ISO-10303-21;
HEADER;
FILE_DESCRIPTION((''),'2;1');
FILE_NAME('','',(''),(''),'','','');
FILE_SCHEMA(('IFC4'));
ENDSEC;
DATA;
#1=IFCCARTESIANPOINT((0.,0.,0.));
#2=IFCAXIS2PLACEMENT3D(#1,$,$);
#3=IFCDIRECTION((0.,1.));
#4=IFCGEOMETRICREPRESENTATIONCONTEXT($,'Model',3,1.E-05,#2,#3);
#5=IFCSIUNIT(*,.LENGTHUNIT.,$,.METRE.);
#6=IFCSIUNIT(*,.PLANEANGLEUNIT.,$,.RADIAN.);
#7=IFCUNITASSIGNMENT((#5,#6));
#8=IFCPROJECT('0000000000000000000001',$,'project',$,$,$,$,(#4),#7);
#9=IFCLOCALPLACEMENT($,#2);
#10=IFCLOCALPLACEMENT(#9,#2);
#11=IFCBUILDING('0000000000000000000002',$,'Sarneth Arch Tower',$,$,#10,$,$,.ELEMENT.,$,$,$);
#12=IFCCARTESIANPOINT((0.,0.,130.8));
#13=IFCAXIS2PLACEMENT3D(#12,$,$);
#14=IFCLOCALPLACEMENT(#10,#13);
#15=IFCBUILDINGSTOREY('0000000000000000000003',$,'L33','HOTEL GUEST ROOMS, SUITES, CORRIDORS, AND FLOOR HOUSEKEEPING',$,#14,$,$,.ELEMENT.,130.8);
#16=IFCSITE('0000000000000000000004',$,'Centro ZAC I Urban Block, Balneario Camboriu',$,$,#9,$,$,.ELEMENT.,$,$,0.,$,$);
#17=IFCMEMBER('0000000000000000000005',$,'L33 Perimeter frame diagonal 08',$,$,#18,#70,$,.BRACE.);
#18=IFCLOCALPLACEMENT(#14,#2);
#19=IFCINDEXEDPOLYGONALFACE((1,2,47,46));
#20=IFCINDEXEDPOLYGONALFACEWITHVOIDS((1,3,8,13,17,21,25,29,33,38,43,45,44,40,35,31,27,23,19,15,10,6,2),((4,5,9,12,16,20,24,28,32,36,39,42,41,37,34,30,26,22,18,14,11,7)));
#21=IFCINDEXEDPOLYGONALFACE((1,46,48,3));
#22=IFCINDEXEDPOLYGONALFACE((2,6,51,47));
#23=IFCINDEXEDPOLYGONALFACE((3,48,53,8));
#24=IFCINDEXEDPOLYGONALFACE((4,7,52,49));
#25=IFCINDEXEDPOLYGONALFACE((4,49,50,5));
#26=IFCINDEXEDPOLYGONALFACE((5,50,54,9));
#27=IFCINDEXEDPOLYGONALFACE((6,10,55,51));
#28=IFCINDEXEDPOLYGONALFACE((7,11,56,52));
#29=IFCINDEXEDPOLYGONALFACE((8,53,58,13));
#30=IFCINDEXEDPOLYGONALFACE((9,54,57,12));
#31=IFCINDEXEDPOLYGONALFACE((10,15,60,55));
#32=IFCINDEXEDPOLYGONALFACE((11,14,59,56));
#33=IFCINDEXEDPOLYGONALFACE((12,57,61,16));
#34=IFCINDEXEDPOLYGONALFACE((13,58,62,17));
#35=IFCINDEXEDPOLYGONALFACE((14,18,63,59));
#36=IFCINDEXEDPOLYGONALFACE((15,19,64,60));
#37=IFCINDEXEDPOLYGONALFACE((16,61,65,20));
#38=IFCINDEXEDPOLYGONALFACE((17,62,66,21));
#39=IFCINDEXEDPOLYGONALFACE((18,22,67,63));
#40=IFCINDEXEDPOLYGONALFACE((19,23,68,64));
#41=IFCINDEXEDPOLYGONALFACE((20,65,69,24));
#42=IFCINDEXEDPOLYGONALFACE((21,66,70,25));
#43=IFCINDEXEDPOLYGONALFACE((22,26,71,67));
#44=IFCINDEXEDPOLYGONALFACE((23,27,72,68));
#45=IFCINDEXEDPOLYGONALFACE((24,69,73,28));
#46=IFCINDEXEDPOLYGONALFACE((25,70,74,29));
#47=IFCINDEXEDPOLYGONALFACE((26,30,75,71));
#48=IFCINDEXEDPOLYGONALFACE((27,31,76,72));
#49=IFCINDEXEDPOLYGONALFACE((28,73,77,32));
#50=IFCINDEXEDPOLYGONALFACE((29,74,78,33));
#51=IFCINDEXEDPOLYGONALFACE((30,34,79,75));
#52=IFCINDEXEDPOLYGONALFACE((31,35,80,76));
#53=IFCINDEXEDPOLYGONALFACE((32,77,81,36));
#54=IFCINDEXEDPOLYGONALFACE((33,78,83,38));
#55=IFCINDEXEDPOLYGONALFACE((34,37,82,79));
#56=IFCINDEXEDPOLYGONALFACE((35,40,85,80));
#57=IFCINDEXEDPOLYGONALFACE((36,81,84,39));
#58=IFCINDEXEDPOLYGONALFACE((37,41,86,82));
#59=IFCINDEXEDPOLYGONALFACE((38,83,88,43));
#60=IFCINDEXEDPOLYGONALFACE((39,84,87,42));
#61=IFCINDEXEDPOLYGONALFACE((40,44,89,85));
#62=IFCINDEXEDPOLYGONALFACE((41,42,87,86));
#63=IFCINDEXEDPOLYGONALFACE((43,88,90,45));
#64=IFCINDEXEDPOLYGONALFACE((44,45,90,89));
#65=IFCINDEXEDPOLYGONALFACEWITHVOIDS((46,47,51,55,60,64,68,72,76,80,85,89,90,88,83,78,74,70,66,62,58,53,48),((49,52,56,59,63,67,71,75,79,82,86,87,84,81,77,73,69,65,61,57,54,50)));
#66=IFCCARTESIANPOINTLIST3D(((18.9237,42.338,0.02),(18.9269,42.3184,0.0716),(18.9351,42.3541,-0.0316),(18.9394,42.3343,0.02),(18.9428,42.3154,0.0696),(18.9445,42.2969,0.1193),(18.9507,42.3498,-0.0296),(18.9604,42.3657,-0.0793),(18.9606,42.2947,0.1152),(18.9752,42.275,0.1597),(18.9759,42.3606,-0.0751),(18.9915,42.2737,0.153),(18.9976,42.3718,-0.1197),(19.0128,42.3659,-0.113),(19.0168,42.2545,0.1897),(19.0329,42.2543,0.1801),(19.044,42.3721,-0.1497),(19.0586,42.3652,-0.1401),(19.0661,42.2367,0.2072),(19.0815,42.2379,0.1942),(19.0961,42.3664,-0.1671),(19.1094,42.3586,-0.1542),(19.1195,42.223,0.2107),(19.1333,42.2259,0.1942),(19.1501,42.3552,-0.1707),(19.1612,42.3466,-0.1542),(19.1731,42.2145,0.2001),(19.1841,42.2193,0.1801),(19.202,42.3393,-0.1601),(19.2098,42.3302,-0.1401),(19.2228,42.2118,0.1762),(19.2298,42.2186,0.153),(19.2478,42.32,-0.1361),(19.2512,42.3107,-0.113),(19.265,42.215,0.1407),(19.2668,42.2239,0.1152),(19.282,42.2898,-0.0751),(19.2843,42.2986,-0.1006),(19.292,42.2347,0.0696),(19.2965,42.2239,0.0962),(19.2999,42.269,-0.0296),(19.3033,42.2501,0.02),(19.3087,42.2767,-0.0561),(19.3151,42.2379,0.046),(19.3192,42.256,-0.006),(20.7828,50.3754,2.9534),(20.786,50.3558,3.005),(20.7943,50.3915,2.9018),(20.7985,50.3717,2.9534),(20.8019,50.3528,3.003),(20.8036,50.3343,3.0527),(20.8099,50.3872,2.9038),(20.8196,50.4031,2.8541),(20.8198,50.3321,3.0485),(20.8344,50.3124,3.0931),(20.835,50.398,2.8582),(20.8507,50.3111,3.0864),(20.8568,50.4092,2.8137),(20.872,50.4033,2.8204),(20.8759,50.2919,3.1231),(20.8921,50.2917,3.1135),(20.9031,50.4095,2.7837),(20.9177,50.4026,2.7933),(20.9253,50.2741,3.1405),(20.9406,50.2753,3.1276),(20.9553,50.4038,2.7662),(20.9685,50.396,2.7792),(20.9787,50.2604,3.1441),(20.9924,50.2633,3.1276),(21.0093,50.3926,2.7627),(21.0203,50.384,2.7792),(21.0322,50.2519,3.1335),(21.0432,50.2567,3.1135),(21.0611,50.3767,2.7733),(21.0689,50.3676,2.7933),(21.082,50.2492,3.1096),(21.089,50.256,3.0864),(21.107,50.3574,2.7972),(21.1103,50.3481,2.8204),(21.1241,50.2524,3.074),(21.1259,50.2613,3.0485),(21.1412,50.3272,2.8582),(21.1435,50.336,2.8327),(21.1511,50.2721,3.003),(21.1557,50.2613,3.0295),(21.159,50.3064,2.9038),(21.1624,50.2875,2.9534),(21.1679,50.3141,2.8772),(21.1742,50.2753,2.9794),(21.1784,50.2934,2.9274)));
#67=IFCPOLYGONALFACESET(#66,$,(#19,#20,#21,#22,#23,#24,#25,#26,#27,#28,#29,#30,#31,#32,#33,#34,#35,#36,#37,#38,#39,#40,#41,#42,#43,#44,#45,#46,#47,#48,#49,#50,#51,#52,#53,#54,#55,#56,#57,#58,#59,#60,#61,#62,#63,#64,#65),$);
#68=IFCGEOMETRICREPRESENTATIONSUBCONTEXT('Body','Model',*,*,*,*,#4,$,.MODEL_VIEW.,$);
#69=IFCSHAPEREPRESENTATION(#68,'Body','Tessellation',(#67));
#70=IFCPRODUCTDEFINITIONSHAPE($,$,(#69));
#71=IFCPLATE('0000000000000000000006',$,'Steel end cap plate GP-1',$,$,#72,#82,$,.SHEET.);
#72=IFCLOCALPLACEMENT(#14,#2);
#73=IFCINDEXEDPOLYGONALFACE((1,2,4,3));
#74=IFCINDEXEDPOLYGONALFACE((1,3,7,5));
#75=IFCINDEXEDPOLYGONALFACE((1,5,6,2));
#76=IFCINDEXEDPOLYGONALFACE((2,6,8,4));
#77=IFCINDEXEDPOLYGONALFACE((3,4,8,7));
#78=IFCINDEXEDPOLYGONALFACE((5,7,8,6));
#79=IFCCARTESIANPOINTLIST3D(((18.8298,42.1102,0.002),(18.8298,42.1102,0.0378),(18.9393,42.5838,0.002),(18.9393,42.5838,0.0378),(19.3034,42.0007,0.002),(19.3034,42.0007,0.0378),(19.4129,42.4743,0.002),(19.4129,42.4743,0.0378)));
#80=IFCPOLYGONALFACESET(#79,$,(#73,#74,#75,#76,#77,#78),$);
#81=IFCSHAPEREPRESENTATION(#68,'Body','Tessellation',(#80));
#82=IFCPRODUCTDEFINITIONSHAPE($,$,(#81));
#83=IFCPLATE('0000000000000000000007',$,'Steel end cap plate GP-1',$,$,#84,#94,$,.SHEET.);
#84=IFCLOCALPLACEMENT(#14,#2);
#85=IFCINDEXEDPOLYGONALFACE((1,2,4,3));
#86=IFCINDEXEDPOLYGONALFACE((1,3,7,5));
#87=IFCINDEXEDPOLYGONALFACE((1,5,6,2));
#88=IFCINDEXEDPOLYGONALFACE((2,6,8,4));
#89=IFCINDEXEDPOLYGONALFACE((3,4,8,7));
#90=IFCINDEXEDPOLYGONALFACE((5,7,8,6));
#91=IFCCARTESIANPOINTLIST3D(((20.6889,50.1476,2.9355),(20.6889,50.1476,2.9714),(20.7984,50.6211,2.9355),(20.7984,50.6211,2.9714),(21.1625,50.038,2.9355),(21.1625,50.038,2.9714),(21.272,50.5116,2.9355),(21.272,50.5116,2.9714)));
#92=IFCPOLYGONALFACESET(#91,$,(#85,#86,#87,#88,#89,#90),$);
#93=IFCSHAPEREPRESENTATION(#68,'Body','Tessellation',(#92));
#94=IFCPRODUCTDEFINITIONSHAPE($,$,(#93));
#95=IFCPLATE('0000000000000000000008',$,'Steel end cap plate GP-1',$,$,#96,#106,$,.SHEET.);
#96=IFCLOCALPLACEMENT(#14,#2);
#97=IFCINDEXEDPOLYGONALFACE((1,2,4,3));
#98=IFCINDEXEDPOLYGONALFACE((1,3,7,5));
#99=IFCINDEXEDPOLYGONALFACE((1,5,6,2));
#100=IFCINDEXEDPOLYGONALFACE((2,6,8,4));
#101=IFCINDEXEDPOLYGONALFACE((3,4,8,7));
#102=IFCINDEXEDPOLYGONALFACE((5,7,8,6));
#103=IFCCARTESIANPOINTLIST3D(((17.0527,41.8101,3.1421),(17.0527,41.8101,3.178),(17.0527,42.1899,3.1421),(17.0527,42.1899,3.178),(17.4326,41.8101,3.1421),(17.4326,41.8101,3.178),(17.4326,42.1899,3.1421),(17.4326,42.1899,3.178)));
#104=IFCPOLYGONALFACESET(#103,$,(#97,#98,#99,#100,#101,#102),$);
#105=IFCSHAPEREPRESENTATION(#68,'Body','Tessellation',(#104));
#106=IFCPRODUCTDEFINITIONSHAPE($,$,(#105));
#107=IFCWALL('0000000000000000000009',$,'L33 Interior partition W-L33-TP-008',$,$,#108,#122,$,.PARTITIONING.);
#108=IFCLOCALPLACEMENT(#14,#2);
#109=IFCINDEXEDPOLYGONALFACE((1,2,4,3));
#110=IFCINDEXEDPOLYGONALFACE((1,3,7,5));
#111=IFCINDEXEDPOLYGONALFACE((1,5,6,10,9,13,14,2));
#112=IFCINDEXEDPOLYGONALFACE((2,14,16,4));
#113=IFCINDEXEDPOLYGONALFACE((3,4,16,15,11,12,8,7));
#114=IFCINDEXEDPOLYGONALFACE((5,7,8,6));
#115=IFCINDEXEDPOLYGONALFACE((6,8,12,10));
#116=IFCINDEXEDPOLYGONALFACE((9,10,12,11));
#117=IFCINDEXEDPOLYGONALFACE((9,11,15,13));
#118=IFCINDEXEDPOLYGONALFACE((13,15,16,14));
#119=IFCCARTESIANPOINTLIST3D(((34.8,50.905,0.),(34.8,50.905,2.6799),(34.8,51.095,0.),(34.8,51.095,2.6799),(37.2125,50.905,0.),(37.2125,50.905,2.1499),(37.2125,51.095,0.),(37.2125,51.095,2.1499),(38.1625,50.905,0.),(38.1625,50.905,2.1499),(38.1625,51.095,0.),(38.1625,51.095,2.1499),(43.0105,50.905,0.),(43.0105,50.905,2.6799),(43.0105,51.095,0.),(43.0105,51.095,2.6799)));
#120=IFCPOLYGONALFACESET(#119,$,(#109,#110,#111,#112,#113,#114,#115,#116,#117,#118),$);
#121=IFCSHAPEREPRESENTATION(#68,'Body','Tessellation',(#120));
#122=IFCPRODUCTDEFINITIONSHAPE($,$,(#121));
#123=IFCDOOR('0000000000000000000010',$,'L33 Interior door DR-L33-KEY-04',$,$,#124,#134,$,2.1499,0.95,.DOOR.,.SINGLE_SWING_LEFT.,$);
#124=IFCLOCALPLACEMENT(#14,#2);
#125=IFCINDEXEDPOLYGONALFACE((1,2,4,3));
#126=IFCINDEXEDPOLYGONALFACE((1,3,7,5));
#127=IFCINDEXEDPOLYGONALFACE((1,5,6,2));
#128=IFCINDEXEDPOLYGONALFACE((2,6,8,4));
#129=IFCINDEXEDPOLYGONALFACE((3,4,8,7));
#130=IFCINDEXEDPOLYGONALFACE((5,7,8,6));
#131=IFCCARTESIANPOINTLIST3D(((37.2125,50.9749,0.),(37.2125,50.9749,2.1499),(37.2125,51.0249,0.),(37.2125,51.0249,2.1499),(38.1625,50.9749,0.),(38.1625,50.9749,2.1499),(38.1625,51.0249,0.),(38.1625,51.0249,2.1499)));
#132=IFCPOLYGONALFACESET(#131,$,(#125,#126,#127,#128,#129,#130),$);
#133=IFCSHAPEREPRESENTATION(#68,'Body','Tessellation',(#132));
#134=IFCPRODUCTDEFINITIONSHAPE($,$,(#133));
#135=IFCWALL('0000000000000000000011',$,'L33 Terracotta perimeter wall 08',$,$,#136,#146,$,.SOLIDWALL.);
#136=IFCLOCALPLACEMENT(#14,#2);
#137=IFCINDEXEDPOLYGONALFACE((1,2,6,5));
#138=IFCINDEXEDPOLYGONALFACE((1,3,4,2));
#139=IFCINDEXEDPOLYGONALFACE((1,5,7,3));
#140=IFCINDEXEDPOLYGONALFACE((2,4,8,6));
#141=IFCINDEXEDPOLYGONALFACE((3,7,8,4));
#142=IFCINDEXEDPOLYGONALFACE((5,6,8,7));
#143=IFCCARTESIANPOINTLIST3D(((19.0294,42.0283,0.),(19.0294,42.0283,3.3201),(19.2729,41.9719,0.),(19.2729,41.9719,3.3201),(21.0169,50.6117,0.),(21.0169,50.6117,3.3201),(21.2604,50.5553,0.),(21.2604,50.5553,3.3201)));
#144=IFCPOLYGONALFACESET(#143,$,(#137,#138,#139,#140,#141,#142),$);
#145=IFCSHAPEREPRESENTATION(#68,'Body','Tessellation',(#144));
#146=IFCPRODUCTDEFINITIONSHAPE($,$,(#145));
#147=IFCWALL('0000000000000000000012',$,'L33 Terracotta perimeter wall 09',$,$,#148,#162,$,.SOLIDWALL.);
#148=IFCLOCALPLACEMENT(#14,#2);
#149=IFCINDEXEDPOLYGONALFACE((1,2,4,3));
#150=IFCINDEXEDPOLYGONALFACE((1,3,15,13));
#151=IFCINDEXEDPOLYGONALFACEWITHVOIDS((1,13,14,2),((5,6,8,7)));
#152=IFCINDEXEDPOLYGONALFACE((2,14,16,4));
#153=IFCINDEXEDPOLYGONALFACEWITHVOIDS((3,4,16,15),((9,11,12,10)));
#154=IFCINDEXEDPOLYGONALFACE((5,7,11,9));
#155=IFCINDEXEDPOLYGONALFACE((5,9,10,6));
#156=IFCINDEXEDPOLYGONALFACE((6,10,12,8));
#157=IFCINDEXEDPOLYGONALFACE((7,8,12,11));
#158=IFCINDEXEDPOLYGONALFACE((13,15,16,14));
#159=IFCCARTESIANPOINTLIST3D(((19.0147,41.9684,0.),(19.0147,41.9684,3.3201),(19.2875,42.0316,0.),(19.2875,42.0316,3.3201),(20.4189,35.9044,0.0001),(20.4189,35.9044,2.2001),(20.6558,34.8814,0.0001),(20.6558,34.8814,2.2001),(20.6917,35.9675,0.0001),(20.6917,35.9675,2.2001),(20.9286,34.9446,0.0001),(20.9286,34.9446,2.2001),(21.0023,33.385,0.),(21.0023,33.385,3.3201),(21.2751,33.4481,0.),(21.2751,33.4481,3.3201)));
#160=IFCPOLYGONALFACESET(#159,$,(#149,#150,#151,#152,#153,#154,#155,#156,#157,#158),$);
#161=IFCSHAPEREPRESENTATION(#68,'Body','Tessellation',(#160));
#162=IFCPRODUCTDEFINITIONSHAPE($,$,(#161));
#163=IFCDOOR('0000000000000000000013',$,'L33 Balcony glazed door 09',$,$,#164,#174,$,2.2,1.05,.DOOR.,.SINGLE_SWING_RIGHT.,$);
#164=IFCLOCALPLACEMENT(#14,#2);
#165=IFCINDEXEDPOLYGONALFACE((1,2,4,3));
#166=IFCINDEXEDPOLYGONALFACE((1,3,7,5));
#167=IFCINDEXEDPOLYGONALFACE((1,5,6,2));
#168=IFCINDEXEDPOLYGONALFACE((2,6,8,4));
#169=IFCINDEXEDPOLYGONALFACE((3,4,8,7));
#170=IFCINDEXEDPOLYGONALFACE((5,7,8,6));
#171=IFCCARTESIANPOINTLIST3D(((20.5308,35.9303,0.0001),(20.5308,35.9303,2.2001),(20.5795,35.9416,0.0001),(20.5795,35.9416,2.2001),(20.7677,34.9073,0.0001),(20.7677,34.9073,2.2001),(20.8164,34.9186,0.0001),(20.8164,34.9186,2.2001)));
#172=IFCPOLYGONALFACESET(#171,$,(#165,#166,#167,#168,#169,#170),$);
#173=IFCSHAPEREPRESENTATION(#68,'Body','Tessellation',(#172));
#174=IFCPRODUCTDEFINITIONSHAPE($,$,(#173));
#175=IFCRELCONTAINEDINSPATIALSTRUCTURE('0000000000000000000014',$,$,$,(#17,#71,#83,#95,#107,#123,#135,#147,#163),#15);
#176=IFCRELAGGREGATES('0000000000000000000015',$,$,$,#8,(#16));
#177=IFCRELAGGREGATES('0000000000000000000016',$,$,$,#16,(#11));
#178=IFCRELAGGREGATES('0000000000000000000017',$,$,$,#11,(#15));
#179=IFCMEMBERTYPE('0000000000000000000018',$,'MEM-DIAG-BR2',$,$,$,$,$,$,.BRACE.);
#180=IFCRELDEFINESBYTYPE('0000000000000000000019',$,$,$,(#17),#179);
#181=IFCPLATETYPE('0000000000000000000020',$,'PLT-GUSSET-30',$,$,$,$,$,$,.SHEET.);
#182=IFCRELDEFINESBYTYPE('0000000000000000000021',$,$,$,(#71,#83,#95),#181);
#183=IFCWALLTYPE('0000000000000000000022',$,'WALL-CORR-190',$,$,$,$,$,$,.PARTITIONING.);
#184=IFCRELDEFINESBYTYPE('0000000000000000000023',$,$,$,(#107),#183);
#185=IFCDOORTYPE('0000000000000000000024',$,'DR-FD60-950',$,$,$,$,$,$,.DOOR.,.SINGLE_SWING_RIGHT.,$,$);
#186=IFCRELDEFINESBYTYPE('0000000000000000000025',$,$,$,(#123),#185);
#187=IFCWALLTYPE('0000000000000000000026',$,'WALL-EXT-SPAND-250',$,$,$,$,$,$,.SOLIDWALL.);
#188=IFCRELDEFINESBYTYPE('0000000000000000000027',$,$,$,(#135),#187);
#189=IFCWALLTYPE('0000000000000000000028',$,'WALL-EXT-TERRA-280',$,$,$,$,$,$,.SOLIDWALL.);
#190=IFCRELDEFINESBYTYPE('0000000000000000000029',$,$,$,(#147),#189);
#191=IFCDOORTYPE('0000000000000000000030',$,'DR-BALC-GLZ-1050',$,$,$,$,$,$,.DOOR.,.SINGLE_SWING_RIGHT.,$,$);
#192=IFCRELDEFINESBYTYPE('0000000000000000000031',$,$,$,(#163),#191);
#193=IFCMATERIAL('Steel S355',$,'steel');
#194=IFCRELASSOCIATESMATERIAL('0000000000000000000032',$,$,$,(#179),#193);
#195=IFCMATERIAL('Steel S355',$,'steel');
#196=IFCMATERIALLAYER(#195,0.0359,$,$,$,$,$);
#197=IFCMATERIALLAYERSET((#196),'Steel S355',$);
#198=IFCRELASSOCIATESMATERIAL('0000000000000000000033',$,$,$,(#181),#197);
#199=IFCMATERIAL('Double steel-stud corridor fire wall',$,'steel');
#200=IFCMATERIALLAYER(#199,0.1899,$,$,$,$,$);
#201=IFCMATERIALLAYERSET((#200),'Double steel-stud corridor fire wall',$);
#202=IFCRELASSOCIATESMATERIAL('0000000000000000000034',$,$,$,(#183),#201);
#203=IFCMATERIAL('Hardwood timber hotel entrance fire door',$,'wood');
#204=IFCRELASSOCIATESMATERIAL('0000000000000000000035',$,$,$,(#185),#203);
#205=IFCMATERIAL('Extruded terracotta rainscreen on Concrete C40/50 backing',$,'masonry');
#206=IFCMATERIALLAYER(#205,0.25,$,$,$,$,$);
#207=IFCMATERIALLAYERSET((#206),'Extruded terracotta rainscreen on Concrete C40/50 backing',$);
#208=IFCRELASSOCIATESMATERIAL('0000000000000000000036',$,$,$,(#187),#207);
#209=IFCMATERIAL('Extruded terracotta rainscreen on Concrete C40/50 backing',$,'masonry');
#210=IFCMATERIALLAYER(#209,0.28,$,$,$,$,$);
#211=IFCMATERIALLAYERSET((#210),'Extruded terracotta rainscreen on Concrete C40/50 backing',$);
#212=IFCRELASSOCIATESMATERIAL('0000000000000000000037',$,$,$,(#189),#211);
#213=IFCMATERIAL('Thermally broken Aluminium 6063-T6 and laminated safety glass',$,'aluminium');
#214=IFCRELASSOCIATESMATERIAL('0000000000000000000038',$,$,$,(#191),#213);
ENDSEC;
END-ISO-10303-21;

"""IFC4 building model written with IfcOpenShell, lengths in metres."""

from ifc_helpers import new_model, si_unit, direction, frame, frame_2d, origin, origin_2d, place, context, subcontext, project, spatial, rectangle, hollow_circle, extrude, material, layer, layer_set, material_profile, profile_set, type_object, element, fill, save


model = new_model("IFC4")

# Units and contexts
model_context = context("Model", 3, precision=1e-05, world=origin(), true_north=direction((0.0, 1.0)))
body_context = subcontext(model_context, "Body", "Model", "MODEL_VIEW")
ifc_project = project(units=[si_unit("LENGTHUNIT", "METRE"), si_unit("PLANEANGLEUNIT", "RADIAN")], contexts=[model_context])

# Site, building, storey
site_placement = place(None, origin())
site = spatial("IfcSite", under=ifc_project, at=site_placement, Name="Centro ZAC I Urban Block, Balneario Camboriu", CompositionType="ELEMENT", RefElevation=0.0)
building_placement = place(site_placement, origin())
building = spatial("IfcBuilding", under=site, at=building_placement, Name="Sarneth Arch Tower", CompositionType="ELEMENT")
storey_placement = place(building_placement, frame((0.0, 0.0, 130.8)))
storey = spatial("IfcBuildingStorey", under=building, at=storey_placement, Name="L33", Description="HOTEL GUEST ROOMS, SUITES, CORRIDORS, AND FLOOR HOUSEKEEPING", CompositionType="ELEMENT", Elevation=130.8)

# Member
ifc_material_1 = material(Name="Steel S355", Category="steel")
ifc_material_profile_1 = material_profile(ifc_material_1, hollow_circle(Radius=0.2029, WallThickness=0.0161, at=origin_2d()), Name="CHS406x16")
ifc_profile_set_1 = profile_set([ifc_material_profile_1], Name="Steel S355")
member_type_1 = type_object("IfcMemberType", Name="MEM-DIAG-BR2", PredefinedType="BRACE", material=ifc_profile_set_1)
member_1_placement = place(storey_placement, frame((19.1213, 42.2922, 0.02), z_axis=(0.212337, 0.917971, 0.335027), x_axis=(-0.974275, 0.225361, 0.0)))
element("IfcMember", 1, at=member_1_placement, inside=storey, type_object=member_type_1, Name="L33 Perimeter frame diagonal 08", PredefinedType="BRACE", context=body_context, shape_type="SweptSolid", body=[
    extrude(hollow_circle(Radius=0.2029, WallThickness=0.0161, at=origin_2d()), origin(), (0.0, 0.0, 1.0), 8.7556),
])

# Plates
ifc_material_2 = material(Name="Steel S355", Category="steel")
ifc_layer_1 = layer(ifc_material_2, 0.0359)
ifc_layer_set_1 = layer_set([ifc_layer_1], Name="Steel S355")
plate_type = type_object("IfcPlateType", Name="PLT-GUSSET-30", PredefinedType="SHEET", material=ifc_layer_set_1)
for number, where, z_axis, x_axis, name in (
    (2, (19.1213, 42.2922, 0.002), (0.0, 0.0, 1.0), (-0.225291, -0.974291, 0.0), "Steel end cap plate GP-1"),
    (3, (20.9805, 50.3296, 2.9355), (0.0, 0.0, 1.0), (-0.225291, -0.974291, 0.0), "Steel end cap plate GP-1"),
):
    element("IfcPlate", number, at=place(storey_placement, frame(where, z_axis=z_axis, x_axis=x_axis)), inside=storey, type_object=plate_type, Name=name, PredefinedType="SHEET", context=body_context, shape_type="SweptSolid", body=[
        extrude(rectangle(XDim=0.4861, YDim=0.4861, at=origin_2d()), origin(), (0.0, 0.0, 1.0), 0.0359),
    ])
plate_placement = place(storey_placement, frame((17.2427, 42.0, 3.1421), z_axis=(0.0, 0.0, 1.0), x_axis=(-1.0, 0.0, 0.0)))
element("IfcPlate", 4, at=plate_placement, inside=storey, type_object=plate_type, Name="Steel end cap plate GP-1", PredefinedType="SHEET", context=body_context, shape_type="SweptSolid", body=[
    extrude(rectangle(XDim=0.3799, YDim=0.3799, at=origin_2d()), origin(), (0.0, 0.0, 1.0), 0.0359),
])

# Wall, opening, door
ifc_material_3 = material(Name="Double steel-stud corridor fire wall", Category="steel")
ifc_layer_2 = layer(ifc_material_3, 0.1899)
ifc_layer_set_2 = layer_set([ifc_layer_2], Name="Double steel-stud corridor fire wall")
wall_type_1 = type_object("IfcWallType", Name="WALL-CORR-190", PredefinedType="PARTITIONING", material=ifc_layer_set_2)
wall_1_placement = place(storey_placement, frame((34.8, 51.0, 0.0), z_axis=(0.0, 0.0, 1.0), x_axis=(1.0, 0.0, 0.0)))
wall_1 = element("IfcWall", 5, at=wall_1_placement, inside=storey, type_object=wall_type_1, Name="L33 Interior partition W-L33-TP-008", PredefinedType="PARTITIONING", context=body_context, shape_type="SweptSolid", body=[
    extrude(rectangle(XDim=8.2104, YDim=0.1899, at=frame_2d((4.1052, 0.0))), origin(), (0.0, 0.0, 1.0), 2.6799),
])
opening_1_placement = place(wall_1_placement, frame((2.4124, 0.0, 0.0)))
opening_1 = element("IfcOpeningElement", 6, at=opening_1_placement, cuts=wall_1, PredefinedType="OPENING", context=body_context, shape_type="SweptSolid", body=[
    extrude(rectangle(XDim=0.95, YDim=2.1499, at=frame_2d((0.4751, 1.075))), frame((0.0, 0.105, 0.0), z_axis=(0.0, -1.0, 0.0), x_axis=(1.0, 0.0, 0.0)), (0.0, 0.0, 1.0), 0.21),
])
ifc_material_4 = material(Name="Hardwood timber hotel entrance fire door", Category="wood")
door_type_1 = type_object("IfcDoorType", Name="DR-FD60-950", OperationType="SINGLE_SWING_RIGHT", PredefinedType="DOOR", material=ifc_material_4)
door_1_placement = place(opening_1_placement, origin())
door_1 = element("IfcDoor", 7, at=door_1_placement, inside=storey, type_object=door_type_1, Name="L33 Interior door DR-L33-KEY-04", OperationType="SINGLE_SWING_LEFT", OverallHeight=2.1499, OverallWidth=0.95, PredefinedType="DOOR", context=body_context, shape_type="SweptSolid", body=[
    extrude(rectangle(XDim=0.95, YDim=2.1499, at=frame_2d((0.4751, 1.075))), frame((0.0, 0.0249, 0.0), z_axis=(0.0, -1.0, 0.0), x_axis=(1.0, 0.0, 0.0)), (0.0, 0.0, 1.0), 0.05),
])
fill(opening_1, door_1)

# Wall
ifc_material_5 = material(Name="Extruded terracotta rainscreen on Concrete C40/50 backing", Category="masonry")
ifc_layer_3 = layer(ifc_material_5, 0.25)
ifc_layer_set_3 = layer_set([ifc_layer_3], Name="Extruded terracotta rainscreen on Concrete C40/50 backing")
wall_type_2 = type_object("IfcWallType", Name="WALL-EXT-SPAND-250", PredefinedType="SOLIDWALL", material=ifc_layer_set_3)
wall_2_placement = place(storey_placement, frame((21.1387, 50.5835, 0.0), z_axis=(0.0, 0.0, 1.0), x_axis=(-0.225586, -0.974223, 0.0)))
element("IfcWall", 8, at=wall_2_placement, inside=storey, type_object=wall_type_2, Name="L33 Terracotta perimeter wall 08", PredefinedType="SOLIDWALL", context=body_context, shape_type="SweptSolid", body=[
    extrude(rectangle(XDim=8.8105, YDim=0.25, at=frame_2d((4.4053, 0.0))), origin(), (0.0, 0.0, 1.0), 3.3201),
])

# Wall, opening, door
ifc_material_6 = material(Name="Extruded terracotta rainscreen on Concrete C40/50 backing", Category="masonry")
ifc_layer_4 = layer(ifc_material_6, 0.28)
ifc_layer_set_4 = layer_set([ifc_layer_4], Name="Extruded terracotta rainscreen on Concrete C40/50 backing")
wall_type_3 = type_object("IfcWallType", Name="WALL-EXT-TERRA-280", PredefinedType="SOLIDWALL", material=ifc_layer_set_4)
wall_3_placement = place(storey_placement, frame((19.1511, 42.0, 0.0), z_axis=(0.0, 0.0, 1.0), x_axis=(0.225586, -0.974223, 0.0)))
wall_3 = element("IfcWall", 9, at=wall_3_placement, inside=storey, type_object=wall_type_3, Name="L33 Terracotta perimeter wall 09", PredefinedType="SOLIDWALL", context=body_context, shape_type="SweptSolid", body=[
    extrude(rectangle(XDim=8.8105, YDim=0.28, at=frame_2d((4.4053, 0.0))), origin(), (0.0, 0.0, 1.0), 3.3201),
])
opening_2_placement = place(wall_3_placement, frame((6.2246, 0.0, 0.0)))
opening_2 = element("IfcOpeningElement", 10, at=opening_2_placement, cuts=wall_3, PredefinedType="OPENING", context=body_context, shape_type="SweptSolid", body=[
    extrude(rectangle(XDim=1.05, YDim=2.2, at=frame_2d((0.5249, 1.1001))), frame((0.0, 0.1499, 0.0), z_axis=(0.0, -1.0, 0.0), x_axis=(1.0, 0.0, 0.0)), (0.0, 0.0, 1.0), 0.3),
])
ifc_material_7 = material(Name="Thermally broken Aluminium 6063-T6 and laminated safety glass", Category="aluminium")
door_type_2 = type_object("IfcDoorType", Name="DR-BALC-GLZ-1050", OperationType="SINGLE_SWING_RIGHT", PredefinedType="DOOR", material=ifc_material_7)
door_2_placement = place(opening_2_placement, origin())
door_2 = element("IfcDoor", 11, at=door_2_placement, inside=storey, type_object=door_type_2, Name="L33 Balcony glazed door 09", OperationType="SINGLE_SWING_RIGHT", OverallHeight=2.2, OverallWidth=1.05, PredefinedType="DOOR", context=body_context, shape_type="SweptSolid", body=[
    extrude(rectangle(XDim=1.05, YDim=2.2, at=frame_2d((0.5249, 1.1001))), frame((0.0, 0.0249, 0.0), z_axis=(0.0, -1.0, 0.0), x_axis=(1.0, 0.0, 0.0)), (0.0, 0.0, 1.0), 0.05),
])
fill(opening_2, door_2)

save(model, "model.ifc")
